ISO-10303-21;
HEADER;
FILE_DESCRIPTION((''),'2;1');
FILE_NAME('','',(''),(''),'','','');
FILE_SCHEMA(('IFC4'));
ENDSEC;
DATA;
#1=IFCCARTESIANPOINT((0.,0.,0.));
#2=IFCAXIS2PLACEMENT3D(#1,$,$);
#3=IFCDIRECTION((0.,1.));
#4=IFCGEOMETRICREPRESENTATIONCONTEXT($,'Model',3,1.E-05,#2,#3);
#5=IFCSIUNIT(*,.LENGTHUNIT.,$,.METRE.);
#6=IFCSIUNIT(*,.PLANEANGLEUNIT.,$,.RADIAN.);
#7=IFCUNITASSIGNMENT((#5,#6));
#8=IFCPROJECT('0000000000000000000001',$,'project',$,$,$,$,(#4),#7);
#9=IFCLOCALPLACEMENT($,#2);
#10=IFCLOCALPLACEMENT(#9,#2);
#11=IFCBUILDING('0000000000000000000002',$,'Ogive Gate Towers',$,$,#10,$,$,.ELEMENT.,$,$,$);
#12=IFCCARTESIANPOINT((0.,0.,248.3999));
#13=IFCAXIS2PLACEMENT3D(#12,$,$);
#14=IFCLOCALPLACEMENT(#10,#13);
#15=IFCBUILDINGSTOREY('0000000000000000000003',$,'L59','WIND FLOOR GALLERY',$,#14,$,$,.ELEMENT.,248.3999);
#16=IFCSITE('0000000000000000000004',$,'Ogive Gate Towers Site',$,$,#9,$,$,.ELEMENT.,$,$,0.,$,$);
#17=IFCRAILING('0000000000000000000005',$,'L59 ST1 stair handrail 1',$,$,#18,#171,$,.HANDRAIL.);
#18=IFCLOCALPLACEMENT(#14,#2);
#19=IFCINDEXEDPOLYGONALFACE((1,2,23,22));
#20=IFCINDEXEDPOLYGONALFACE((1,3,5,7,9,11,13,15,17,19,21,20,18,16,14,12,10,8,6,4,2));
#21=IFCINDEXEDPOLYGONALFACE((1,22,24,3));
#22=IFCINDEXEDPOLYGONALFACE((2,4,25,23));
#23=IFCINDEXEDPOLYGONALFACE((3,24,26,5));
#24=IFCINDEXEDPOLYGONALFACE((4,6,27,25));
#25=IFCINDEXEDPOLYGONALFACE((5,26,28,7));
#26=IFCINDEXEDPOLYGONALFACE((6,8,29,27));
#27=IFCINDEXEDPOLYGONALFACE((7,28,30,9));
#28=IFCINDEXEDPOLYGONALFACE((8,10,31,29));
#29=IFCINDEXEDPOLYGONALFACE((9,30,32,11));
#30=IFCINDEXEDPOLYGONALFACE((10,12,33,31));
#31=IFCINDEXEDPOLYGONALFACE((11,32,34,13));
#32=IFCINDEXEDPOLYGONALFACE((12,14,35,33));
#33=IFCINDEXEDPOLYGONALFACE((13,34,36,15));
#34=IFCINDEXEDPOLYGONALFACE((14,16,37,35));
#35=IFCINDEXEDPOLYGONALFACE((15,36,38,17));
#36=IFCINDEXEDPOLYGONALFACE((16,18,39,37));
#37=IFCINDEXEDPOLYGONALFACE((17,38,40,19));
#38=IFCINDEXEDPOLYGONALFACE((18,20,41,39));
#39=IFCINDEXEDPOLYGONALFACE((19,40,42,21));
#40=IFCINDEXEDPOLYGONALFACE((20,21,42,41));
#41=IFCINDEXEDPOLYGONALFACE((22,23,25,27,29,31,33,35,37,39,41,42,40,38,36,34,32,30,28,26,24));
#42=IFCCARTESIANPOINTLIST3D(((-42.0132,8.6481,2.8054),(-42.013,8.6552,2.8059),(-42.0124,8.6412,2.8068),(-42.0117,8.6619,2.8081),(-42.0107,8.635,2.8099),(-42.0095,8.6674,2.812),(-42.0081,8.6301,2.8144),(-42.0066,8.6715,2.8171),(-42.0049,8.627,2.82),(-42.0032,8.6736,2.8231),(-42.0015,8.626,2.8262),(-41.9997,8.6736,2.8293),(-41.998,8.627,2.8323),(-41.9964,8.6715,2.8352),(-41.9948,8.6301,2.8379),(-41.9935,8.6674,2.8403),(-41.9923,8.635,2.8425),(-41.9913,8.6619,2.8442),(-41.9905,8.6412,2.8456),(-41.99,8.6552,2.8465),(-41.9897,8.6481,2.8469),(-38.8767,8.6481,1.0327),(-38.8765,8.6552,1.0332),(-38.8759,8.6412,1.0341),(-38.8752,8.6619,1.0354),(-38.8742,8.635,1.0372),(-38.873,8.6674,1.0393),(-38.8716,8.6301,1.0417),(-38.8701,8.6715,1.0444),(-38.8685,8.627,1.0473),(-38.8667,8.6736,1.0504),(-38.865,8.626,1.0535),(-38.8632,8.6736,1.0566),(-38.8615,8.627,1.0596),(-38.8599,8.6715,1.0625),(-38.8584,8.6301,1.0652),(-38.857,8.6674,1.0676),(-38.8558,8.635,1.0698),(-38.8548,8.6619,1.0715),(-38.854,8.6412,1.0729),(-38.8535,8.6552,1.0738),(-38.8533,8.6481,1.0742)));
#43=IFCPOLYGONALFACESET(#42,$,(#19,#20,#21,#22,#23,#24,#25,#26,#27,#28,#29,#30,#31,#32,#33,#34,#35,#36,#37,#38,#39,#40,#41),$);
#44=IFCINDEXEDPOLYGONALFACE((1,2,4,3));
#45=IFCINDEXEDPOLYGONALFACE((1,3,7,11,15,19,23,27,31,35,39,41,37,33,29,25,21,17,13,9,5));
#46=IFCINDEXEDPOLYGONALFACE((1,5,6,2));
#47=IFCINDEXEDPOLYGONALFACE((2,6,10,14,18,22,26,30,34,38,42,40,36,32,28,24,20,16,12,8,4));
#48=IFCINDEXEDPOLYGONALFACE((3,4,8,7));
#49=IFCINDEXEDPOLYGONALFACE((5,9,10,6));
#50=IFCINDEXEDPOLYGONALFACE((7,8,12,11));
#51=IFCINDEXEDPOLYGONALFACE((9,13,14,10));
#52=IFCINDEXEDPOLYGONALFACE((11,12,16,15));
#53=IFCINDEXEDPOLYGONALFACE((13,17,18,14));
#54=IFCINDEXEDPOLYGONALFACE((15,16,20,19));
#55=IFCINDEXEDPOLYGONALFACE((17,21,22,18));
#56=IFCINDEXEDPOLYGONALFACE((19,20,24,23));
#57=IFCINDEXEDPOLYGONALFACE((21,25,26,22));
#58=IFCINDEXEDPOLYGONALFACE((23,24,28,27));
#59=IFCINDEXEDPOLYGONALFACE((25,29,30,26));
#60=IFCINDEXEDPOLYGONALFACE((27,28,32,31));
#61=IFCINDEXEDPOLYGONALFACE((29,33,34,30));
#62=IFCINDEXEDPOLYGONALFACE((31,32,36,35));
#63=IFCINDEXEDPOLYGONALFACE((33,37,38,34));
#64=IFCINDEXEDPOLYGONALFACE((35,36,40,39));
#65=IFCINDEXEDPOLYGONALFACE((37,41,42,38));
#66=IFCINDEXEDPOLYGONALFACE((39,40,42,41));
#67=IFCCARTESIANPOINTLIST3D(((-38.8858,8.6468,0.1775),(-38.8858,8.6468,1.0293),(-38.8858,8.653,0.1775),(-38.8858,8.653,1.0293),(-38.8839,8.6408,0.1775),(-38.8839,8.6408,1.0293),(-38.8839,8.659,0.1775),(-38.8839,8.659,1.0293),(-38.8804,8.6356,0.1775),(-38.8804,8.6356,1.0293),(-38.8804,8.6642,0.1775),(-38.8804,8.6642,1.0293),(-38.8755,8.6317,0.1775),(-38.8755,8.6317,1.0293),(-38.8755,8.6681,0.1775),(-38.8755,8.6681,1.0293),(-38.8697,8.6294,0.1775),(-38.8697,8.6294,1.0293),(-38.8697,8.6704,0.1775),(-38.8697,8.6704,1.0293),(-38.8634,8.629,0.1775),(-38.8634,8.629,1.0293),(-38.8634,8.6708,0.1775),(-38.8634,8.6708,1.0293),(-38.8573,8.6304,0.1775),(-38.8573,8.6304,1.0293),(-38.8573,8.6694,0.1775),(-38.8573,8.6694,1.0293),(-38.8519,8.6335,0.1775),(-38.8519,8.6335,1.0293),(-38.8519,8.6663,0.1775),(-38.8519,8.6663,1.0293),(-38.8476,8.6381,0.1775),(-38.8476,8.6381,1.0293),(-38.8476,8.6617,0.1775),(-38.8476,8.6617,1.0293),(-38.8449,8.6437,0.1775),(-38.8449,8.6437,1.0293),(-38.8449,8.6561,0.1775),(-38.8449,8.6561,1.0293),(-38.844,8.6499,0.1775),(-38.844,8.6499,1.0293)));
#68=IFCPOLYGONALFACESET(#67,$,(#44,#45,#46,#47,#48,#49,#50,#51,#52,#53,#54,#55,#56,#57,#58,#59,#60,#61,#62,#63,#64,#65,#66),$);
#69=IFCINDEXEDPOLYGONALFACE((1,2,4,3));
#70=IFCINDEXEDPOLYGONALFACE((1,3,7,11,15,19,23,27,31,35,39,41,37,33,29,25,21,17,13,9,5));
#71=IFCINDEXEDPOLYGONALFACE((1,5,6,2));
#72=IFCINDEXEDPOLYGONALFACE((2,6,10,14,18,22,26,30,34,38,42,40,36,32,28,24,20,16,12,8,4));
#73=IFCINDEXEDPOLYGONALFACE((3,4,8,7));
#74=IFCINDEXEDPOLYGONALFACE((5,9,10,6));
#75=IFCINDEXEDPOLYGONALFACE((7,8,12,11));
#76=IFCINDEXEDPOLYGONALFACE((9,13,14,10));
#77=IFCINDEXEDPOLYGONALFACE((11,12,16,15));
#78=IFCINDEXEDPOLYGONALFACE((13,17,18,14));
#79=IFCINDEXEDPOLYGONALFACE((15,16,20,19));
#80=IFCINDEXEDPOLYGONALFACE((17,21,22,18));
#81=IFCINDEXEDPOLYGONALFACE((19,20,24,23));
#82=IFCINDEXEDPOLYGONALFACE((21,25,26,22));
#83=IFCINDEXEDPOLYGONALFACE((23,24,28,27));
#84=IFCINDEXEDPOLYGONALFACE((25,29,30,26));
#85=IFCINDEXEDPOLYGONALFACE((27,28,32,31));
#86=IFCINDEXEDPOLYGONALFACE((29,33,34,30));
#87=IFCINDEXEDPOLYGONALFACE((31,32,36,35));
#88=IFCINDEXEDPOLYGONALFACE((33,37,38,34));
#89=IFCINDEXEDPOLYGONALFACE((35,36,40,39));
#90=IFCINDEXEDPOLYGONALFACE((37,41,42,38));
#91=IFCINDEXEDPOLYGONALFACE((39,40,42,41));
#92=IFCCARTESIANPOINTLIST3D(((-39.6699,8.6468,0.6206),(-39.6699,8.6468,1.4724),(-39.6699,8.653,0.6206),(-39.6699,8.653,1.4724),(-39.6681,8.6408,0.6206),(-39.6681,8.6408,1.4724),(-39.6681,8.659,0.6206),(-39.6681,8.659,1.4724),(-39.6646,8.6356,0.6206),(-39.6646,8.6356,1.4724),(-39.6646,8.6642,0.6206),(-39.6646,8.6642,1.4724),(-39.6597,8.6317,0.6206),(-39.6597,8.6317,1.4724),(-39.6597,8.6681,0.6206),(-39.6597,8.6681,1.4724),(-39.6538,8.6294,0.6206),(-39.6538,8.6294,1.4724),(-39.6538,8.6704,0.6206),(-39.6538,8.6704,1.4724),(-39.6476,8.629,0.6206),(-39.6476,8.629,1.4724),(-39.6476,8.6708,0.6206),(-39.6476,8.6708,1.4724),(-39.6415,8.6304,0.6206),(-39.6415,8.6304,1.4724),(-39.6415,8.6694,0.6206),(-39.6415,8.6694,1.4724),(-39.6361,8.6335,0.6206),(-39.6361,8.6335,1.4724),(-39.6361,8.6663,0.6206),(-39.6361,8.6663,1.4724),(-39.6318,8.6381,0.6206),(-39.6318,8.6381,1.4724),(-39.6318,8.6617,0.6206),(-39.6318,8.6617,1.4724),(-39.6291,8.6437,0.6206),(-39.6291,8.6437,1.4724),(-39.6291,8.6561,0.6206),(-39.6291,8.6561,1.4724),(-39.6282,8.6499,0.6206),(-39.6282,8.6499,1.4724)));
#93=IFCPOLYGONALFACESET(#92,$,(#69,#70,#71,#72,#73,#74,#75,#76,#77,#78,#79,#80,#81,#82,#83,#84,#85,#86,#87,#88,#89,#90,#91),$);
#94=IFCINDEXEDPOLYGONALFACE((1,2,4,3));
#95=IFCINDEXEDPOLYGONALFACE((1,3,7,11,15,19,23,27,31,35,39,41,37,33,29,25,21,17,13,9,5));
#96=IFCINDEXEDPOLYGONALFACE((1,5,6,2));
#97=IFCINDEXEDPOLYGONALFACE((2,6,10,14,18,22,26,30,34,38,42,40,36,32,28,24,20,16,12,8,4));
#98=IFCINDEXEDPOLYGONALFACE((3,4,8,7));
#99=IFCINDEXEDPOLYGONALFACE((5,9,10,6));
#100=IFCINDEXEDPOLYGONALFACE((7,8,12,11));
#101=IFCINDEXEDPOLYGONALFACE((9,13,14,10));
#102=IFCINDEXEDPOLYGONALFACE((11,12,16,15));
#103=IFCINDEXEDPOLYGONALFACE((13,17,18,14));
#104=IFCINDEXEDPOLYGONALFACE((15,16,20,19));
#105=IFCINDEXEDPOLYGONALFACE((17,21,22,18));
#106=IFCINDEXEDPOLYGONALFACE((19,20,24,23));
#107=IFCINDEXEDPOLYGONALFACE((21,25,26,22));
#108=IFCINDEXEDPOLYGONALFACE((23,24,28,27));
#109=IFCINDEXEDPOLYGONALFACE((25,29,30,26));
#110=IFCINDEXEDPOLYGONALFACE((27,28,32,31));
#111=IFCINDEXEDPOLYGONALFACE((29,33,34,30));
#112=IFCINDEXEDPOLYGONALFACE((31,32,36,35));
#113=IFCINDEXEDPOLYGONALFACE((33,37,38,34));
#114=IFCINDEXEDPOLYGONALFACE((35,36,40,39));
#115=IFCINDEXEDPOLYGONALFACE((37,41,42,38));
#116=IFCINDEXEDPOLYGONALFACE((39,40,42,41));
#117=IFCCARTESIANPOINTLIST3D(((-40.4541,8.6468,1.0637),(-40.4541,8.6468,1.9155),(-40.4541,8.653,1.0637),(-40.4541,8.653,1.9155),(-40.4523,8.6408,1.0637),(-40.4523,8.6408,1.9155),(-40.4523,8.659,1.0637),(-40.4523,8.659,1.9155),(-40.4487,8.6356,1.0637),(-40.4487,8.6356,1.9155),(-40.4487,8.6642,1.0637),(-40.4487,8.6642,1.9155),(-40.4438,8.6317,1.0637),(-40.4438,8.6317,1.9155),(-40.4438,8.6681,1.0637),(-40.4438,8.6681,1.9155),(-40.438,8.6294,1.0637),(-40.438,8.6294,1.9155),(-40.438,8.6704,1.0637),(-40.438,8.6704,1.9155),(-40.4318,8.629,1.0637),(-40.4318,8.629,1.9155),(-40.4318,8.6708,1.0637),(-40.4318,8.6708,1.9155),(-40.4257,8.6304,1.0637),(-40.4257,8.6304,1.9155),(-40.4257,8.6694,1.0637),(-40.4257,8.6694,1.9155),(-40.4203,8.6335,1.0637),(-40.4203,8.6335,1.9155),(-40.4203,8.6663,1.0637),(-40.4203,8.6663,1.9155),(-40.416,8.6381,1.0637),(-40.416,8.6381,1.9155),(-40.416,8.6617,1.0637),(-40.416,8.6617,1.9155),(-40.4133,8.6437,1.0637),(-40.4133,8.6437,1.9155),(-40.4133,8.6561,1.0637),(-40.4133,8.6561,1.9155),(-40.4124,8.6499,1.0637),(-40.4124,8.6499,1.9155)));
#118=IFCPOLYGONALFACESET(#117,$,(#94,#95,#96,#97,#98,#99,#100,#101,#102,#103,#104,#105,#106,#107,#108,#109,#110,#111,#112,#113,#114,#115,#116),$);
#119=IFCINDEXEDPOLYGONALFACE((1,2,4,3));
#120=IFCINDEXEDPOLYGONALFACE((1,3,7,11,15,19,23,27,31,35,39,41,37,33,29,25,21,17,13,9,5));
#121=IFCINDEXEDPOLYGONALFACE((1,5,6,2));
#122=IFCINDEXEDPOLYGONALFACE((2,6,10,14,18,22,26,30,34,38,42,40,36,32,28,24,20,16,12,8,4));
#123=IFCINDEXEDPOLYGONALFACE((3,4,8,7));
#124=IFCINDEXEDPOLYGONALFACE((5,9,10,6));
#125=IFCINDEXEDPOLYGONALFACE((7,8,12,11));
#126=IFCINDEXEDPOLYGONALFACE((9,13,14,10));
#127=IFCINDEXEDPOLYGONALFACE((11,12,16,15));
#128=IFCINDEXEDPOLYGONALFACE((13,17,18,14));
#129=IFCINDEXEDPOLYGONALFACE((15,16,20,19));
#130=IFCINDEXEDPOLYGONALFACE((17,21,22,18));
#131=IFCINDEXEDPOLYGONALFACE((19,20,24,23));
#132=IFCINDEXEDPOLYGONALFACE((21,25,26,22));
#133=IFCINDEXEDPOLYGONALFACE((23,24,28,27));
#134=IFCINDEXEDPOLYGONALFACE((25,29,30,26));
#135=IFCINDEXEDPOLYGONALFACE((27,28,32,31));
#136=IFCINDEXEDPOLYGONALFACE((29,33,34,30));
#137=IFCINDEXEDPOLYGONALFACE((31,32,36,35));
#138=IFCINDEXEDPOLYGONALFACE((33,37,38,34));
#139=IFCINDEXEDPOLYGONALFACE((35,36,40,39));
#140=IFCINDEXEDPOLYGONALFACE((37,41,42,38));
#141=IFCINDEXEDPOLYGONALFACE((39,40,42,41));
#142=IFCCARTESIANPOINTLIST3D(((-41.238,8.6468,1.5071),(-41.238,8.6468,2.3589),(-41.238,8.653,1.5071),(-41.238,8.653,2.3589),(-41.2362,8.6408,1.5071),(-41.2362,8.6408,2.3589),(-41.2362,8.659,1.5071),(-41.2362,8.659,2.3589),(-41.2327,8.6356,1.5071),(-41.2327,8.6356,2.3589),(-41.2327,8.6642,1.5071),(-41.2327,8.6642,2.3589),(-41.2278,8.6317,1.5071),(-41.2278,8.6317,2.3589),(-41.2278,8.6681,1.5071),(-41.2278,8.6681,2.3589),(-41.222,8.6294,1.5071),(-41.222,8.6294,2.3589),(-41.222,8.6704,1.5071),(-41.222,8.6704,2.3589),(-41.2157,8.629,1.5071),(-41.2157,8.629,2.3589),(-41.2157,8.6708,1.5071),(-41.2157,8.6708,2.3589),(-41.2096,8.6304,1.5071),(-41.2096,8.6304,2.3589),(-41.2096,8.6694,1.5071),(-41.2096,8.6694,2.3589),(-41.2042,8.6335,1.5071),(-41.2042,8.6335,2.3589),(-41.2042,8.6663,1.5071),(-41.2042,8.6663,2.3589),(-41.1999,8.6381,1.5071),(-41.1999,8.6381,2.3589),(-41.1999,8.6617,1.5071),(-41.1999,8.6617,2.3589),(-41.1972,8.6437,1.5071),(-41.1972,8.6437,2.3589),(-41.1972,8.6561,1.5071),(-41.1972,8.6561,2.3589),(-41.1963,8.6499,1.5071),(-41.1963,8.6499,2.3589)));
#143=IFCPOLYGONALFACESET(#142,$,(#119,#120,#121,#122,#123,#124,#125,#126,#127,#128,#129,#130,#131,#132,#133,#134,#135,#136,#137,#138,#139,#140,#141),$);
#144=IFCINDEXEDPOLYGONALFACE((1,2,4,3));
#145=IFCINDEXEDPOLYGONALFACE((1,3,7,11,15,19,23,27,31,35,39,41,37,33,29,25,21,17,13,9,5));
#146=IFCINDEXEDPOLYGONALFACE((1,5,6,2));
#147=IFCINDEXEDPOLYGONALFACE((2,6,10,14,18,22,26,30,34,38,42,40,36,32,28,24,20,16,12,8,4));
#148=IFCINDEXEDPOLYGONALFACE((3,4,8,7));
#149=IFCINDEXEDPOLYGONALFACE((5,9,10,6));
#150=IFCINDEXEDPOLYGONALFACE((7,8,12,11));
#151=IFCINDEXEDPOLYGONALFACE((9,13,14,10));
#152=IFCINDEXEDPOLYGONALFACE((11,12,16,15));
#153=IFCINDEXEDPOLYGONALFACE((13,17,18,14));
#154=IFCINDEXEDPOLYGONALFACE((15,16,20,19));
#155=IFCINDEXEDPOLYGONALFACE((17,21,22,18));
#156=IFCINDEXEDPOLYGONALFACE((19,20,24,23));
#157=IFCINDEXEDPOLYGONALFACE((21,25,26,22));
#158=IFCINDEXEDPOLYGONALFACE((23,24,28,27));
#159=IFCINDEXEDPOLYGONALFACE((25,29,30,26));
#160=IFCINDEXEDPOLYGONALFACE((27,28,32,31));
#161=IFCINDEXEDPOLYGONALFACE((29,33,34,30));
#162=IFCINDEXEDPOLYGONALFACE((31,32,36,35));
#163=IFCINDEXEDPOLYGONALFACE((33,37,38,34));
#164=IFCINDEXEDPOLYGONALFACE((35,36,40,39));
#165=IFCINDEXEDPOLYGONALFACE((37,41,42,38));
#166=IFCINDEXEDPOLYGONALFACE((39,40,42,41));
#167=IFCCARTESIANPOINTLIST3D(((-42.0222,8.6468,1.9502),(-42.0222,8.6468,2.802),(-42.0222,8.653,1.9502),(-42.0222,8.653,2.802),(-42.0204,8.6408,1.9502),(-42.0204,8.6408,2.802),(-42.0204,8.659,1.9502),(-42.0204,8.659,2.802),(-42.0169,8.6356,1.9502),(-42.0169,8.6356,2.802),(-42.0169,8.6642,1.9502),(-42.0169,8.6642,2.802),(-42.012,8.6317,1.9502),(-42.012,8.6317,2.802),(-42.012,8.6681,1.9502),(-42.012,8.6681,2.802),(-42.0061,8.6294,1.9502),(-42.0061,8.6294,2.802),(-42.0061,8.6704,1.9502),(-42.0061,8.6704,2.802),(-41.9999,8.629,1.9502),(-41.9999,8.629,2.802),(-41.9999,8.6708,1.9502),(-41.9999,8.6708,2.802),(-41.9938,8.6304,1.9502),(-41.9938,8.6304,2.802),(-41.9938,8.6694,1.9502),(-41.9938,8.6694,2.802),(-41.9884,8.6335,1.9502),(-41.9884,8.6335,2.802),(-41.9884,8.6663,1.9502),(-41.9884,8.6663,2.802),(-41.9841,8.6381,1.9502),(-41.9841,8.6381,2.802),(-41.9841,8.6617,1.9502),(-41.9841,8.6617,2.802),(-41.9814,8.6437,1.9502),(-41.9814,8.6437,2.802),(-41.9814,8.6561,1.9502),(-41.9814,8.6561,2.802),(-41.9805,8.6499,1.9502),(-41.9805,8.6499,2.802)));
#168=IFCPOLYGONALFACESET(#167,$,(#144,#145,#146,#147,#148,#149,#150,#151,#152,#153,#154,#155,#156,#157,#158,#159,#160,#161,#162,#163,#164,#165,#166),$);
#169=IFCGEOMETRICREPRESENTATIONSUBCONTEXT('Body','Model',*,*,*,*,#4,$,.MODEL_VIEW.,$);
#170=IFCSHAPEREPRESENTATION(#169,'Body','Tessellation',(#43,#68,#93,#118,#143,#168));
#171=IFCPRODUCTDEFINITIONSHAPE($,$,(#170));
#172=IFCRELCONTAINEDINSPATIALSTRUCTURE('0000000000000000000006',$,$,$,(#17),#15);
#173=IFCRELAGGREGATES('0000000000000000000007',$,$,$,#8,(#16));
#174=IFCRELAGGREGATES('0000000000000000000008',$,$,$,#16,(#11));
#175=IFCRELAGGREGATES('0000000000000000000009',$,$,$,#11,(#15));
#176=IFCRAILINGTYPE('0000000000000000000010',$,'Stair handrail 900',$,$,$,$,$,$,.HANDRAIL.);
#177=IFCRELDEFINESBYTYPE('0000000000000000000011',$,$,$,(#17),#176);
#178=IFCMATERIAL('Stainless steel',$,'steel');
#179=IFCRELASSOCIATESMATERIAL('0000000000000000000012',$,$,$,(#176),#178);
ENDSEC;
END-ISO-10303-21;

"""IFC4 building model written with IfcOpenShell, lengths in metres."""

from ifc_helpers import new_model, si_unit, direction, frame, origin, origin_2d, place, context, subcontext, project, spatial, circle, extrude, material, type_object, element, save


model = new_model("IFC4")

# Units and contexts
model_context = context("Model", 3, precision=1e-05, world=origin(), true_north=direction((0.0, 1.0)))
body_context = subcontext(model_context, "Body", "Model", "MODEL_VIEW")
ifc_project = project(units=[si_unit("LENGTHUNIT", "METRE"), si_unit("PLANEANGLEUNIT", "RADIAN")], contexts=[model_context])

# Site, building, storey
site_placement = place(None, origin())
site = spatial("IfcSite", under=ifc_project, at=site_placement, Name="Ogive Gate Towers Site", CompositionType="ELEMENT", RefElevation=0.0)
building_placement = place(site_placement, origin())
building = spatial("IfcBuilding", under=site, at=building_placement, Name="Ogive Gate Towers", CompositionType="ELEMENT")
storey_placement = place(building_placement, frame((0.0, 0.0, 248.3999)))
storey = spatial("IfcBuildingStorey", under=building, at=storey_placement, Name="L59", Description="WIND FLOOR GALLERY", CompositionType="ELEMENT", Elevation=248.3999)

# Railing
ifc_material_1 = material(Name="Stainless steel", Category="steel")
railing_type_1 = type_object("IfcRailingType", Name="Stair handrail 900", PredefinedType="HANDRAIL", material=ifc_material_1)
railing_1_placement = place(storey_placement, frame((-38.865, 8.6499, 0.1775)))
element("IfcRailing", 1, at=railing_1_placement, inside=storey, type_object=railing_type_1, Name="L59 ST1 stair handrail 1", PredefinedType="HANDRAIL", context=body_context, shape_type="SweptSolid", body=[
    extrude(circle(Radius=0.0239, at=origin_2d()), frame((0.0, 0.0, 0.876), z_axis=(-0.870573, 0.0, 0.492039), x_axis=(0.0, -1.0, 0.0)), (0.0, 0.0, 1.0), 3.6028),
    extrude(circle(Radius=0.021, at=origin_2d()), origin(), (0.0, 0.0, 1.0), 0.8518),
    extrude(circle(Radius=0.021, at=origin_2d()), frame((-0.7842, 0.0, 0.4431)), (0.0, 0.0, 1.0), 0.8518),
    extrude(circle(Radius=0.021, at=origin_2d()), frame((-1.5684, 0.0, 0.8862)), (0.0, 0.0, 1.0), 0.8518),
    extrude(circle(Radius=0.021, at=origin_2d()), frame((-2.3523, 0.0, 1.3296)), (0.0, 0.0, 1.0), 0.8518),
    extrude(circle(Radius=0.021, at=origin_2d()), frame((-3.1365, 0.0, 1.7727)), (0.0, 0.0, 1.0), 0.8518),
])

save(model, "model.ifc")
